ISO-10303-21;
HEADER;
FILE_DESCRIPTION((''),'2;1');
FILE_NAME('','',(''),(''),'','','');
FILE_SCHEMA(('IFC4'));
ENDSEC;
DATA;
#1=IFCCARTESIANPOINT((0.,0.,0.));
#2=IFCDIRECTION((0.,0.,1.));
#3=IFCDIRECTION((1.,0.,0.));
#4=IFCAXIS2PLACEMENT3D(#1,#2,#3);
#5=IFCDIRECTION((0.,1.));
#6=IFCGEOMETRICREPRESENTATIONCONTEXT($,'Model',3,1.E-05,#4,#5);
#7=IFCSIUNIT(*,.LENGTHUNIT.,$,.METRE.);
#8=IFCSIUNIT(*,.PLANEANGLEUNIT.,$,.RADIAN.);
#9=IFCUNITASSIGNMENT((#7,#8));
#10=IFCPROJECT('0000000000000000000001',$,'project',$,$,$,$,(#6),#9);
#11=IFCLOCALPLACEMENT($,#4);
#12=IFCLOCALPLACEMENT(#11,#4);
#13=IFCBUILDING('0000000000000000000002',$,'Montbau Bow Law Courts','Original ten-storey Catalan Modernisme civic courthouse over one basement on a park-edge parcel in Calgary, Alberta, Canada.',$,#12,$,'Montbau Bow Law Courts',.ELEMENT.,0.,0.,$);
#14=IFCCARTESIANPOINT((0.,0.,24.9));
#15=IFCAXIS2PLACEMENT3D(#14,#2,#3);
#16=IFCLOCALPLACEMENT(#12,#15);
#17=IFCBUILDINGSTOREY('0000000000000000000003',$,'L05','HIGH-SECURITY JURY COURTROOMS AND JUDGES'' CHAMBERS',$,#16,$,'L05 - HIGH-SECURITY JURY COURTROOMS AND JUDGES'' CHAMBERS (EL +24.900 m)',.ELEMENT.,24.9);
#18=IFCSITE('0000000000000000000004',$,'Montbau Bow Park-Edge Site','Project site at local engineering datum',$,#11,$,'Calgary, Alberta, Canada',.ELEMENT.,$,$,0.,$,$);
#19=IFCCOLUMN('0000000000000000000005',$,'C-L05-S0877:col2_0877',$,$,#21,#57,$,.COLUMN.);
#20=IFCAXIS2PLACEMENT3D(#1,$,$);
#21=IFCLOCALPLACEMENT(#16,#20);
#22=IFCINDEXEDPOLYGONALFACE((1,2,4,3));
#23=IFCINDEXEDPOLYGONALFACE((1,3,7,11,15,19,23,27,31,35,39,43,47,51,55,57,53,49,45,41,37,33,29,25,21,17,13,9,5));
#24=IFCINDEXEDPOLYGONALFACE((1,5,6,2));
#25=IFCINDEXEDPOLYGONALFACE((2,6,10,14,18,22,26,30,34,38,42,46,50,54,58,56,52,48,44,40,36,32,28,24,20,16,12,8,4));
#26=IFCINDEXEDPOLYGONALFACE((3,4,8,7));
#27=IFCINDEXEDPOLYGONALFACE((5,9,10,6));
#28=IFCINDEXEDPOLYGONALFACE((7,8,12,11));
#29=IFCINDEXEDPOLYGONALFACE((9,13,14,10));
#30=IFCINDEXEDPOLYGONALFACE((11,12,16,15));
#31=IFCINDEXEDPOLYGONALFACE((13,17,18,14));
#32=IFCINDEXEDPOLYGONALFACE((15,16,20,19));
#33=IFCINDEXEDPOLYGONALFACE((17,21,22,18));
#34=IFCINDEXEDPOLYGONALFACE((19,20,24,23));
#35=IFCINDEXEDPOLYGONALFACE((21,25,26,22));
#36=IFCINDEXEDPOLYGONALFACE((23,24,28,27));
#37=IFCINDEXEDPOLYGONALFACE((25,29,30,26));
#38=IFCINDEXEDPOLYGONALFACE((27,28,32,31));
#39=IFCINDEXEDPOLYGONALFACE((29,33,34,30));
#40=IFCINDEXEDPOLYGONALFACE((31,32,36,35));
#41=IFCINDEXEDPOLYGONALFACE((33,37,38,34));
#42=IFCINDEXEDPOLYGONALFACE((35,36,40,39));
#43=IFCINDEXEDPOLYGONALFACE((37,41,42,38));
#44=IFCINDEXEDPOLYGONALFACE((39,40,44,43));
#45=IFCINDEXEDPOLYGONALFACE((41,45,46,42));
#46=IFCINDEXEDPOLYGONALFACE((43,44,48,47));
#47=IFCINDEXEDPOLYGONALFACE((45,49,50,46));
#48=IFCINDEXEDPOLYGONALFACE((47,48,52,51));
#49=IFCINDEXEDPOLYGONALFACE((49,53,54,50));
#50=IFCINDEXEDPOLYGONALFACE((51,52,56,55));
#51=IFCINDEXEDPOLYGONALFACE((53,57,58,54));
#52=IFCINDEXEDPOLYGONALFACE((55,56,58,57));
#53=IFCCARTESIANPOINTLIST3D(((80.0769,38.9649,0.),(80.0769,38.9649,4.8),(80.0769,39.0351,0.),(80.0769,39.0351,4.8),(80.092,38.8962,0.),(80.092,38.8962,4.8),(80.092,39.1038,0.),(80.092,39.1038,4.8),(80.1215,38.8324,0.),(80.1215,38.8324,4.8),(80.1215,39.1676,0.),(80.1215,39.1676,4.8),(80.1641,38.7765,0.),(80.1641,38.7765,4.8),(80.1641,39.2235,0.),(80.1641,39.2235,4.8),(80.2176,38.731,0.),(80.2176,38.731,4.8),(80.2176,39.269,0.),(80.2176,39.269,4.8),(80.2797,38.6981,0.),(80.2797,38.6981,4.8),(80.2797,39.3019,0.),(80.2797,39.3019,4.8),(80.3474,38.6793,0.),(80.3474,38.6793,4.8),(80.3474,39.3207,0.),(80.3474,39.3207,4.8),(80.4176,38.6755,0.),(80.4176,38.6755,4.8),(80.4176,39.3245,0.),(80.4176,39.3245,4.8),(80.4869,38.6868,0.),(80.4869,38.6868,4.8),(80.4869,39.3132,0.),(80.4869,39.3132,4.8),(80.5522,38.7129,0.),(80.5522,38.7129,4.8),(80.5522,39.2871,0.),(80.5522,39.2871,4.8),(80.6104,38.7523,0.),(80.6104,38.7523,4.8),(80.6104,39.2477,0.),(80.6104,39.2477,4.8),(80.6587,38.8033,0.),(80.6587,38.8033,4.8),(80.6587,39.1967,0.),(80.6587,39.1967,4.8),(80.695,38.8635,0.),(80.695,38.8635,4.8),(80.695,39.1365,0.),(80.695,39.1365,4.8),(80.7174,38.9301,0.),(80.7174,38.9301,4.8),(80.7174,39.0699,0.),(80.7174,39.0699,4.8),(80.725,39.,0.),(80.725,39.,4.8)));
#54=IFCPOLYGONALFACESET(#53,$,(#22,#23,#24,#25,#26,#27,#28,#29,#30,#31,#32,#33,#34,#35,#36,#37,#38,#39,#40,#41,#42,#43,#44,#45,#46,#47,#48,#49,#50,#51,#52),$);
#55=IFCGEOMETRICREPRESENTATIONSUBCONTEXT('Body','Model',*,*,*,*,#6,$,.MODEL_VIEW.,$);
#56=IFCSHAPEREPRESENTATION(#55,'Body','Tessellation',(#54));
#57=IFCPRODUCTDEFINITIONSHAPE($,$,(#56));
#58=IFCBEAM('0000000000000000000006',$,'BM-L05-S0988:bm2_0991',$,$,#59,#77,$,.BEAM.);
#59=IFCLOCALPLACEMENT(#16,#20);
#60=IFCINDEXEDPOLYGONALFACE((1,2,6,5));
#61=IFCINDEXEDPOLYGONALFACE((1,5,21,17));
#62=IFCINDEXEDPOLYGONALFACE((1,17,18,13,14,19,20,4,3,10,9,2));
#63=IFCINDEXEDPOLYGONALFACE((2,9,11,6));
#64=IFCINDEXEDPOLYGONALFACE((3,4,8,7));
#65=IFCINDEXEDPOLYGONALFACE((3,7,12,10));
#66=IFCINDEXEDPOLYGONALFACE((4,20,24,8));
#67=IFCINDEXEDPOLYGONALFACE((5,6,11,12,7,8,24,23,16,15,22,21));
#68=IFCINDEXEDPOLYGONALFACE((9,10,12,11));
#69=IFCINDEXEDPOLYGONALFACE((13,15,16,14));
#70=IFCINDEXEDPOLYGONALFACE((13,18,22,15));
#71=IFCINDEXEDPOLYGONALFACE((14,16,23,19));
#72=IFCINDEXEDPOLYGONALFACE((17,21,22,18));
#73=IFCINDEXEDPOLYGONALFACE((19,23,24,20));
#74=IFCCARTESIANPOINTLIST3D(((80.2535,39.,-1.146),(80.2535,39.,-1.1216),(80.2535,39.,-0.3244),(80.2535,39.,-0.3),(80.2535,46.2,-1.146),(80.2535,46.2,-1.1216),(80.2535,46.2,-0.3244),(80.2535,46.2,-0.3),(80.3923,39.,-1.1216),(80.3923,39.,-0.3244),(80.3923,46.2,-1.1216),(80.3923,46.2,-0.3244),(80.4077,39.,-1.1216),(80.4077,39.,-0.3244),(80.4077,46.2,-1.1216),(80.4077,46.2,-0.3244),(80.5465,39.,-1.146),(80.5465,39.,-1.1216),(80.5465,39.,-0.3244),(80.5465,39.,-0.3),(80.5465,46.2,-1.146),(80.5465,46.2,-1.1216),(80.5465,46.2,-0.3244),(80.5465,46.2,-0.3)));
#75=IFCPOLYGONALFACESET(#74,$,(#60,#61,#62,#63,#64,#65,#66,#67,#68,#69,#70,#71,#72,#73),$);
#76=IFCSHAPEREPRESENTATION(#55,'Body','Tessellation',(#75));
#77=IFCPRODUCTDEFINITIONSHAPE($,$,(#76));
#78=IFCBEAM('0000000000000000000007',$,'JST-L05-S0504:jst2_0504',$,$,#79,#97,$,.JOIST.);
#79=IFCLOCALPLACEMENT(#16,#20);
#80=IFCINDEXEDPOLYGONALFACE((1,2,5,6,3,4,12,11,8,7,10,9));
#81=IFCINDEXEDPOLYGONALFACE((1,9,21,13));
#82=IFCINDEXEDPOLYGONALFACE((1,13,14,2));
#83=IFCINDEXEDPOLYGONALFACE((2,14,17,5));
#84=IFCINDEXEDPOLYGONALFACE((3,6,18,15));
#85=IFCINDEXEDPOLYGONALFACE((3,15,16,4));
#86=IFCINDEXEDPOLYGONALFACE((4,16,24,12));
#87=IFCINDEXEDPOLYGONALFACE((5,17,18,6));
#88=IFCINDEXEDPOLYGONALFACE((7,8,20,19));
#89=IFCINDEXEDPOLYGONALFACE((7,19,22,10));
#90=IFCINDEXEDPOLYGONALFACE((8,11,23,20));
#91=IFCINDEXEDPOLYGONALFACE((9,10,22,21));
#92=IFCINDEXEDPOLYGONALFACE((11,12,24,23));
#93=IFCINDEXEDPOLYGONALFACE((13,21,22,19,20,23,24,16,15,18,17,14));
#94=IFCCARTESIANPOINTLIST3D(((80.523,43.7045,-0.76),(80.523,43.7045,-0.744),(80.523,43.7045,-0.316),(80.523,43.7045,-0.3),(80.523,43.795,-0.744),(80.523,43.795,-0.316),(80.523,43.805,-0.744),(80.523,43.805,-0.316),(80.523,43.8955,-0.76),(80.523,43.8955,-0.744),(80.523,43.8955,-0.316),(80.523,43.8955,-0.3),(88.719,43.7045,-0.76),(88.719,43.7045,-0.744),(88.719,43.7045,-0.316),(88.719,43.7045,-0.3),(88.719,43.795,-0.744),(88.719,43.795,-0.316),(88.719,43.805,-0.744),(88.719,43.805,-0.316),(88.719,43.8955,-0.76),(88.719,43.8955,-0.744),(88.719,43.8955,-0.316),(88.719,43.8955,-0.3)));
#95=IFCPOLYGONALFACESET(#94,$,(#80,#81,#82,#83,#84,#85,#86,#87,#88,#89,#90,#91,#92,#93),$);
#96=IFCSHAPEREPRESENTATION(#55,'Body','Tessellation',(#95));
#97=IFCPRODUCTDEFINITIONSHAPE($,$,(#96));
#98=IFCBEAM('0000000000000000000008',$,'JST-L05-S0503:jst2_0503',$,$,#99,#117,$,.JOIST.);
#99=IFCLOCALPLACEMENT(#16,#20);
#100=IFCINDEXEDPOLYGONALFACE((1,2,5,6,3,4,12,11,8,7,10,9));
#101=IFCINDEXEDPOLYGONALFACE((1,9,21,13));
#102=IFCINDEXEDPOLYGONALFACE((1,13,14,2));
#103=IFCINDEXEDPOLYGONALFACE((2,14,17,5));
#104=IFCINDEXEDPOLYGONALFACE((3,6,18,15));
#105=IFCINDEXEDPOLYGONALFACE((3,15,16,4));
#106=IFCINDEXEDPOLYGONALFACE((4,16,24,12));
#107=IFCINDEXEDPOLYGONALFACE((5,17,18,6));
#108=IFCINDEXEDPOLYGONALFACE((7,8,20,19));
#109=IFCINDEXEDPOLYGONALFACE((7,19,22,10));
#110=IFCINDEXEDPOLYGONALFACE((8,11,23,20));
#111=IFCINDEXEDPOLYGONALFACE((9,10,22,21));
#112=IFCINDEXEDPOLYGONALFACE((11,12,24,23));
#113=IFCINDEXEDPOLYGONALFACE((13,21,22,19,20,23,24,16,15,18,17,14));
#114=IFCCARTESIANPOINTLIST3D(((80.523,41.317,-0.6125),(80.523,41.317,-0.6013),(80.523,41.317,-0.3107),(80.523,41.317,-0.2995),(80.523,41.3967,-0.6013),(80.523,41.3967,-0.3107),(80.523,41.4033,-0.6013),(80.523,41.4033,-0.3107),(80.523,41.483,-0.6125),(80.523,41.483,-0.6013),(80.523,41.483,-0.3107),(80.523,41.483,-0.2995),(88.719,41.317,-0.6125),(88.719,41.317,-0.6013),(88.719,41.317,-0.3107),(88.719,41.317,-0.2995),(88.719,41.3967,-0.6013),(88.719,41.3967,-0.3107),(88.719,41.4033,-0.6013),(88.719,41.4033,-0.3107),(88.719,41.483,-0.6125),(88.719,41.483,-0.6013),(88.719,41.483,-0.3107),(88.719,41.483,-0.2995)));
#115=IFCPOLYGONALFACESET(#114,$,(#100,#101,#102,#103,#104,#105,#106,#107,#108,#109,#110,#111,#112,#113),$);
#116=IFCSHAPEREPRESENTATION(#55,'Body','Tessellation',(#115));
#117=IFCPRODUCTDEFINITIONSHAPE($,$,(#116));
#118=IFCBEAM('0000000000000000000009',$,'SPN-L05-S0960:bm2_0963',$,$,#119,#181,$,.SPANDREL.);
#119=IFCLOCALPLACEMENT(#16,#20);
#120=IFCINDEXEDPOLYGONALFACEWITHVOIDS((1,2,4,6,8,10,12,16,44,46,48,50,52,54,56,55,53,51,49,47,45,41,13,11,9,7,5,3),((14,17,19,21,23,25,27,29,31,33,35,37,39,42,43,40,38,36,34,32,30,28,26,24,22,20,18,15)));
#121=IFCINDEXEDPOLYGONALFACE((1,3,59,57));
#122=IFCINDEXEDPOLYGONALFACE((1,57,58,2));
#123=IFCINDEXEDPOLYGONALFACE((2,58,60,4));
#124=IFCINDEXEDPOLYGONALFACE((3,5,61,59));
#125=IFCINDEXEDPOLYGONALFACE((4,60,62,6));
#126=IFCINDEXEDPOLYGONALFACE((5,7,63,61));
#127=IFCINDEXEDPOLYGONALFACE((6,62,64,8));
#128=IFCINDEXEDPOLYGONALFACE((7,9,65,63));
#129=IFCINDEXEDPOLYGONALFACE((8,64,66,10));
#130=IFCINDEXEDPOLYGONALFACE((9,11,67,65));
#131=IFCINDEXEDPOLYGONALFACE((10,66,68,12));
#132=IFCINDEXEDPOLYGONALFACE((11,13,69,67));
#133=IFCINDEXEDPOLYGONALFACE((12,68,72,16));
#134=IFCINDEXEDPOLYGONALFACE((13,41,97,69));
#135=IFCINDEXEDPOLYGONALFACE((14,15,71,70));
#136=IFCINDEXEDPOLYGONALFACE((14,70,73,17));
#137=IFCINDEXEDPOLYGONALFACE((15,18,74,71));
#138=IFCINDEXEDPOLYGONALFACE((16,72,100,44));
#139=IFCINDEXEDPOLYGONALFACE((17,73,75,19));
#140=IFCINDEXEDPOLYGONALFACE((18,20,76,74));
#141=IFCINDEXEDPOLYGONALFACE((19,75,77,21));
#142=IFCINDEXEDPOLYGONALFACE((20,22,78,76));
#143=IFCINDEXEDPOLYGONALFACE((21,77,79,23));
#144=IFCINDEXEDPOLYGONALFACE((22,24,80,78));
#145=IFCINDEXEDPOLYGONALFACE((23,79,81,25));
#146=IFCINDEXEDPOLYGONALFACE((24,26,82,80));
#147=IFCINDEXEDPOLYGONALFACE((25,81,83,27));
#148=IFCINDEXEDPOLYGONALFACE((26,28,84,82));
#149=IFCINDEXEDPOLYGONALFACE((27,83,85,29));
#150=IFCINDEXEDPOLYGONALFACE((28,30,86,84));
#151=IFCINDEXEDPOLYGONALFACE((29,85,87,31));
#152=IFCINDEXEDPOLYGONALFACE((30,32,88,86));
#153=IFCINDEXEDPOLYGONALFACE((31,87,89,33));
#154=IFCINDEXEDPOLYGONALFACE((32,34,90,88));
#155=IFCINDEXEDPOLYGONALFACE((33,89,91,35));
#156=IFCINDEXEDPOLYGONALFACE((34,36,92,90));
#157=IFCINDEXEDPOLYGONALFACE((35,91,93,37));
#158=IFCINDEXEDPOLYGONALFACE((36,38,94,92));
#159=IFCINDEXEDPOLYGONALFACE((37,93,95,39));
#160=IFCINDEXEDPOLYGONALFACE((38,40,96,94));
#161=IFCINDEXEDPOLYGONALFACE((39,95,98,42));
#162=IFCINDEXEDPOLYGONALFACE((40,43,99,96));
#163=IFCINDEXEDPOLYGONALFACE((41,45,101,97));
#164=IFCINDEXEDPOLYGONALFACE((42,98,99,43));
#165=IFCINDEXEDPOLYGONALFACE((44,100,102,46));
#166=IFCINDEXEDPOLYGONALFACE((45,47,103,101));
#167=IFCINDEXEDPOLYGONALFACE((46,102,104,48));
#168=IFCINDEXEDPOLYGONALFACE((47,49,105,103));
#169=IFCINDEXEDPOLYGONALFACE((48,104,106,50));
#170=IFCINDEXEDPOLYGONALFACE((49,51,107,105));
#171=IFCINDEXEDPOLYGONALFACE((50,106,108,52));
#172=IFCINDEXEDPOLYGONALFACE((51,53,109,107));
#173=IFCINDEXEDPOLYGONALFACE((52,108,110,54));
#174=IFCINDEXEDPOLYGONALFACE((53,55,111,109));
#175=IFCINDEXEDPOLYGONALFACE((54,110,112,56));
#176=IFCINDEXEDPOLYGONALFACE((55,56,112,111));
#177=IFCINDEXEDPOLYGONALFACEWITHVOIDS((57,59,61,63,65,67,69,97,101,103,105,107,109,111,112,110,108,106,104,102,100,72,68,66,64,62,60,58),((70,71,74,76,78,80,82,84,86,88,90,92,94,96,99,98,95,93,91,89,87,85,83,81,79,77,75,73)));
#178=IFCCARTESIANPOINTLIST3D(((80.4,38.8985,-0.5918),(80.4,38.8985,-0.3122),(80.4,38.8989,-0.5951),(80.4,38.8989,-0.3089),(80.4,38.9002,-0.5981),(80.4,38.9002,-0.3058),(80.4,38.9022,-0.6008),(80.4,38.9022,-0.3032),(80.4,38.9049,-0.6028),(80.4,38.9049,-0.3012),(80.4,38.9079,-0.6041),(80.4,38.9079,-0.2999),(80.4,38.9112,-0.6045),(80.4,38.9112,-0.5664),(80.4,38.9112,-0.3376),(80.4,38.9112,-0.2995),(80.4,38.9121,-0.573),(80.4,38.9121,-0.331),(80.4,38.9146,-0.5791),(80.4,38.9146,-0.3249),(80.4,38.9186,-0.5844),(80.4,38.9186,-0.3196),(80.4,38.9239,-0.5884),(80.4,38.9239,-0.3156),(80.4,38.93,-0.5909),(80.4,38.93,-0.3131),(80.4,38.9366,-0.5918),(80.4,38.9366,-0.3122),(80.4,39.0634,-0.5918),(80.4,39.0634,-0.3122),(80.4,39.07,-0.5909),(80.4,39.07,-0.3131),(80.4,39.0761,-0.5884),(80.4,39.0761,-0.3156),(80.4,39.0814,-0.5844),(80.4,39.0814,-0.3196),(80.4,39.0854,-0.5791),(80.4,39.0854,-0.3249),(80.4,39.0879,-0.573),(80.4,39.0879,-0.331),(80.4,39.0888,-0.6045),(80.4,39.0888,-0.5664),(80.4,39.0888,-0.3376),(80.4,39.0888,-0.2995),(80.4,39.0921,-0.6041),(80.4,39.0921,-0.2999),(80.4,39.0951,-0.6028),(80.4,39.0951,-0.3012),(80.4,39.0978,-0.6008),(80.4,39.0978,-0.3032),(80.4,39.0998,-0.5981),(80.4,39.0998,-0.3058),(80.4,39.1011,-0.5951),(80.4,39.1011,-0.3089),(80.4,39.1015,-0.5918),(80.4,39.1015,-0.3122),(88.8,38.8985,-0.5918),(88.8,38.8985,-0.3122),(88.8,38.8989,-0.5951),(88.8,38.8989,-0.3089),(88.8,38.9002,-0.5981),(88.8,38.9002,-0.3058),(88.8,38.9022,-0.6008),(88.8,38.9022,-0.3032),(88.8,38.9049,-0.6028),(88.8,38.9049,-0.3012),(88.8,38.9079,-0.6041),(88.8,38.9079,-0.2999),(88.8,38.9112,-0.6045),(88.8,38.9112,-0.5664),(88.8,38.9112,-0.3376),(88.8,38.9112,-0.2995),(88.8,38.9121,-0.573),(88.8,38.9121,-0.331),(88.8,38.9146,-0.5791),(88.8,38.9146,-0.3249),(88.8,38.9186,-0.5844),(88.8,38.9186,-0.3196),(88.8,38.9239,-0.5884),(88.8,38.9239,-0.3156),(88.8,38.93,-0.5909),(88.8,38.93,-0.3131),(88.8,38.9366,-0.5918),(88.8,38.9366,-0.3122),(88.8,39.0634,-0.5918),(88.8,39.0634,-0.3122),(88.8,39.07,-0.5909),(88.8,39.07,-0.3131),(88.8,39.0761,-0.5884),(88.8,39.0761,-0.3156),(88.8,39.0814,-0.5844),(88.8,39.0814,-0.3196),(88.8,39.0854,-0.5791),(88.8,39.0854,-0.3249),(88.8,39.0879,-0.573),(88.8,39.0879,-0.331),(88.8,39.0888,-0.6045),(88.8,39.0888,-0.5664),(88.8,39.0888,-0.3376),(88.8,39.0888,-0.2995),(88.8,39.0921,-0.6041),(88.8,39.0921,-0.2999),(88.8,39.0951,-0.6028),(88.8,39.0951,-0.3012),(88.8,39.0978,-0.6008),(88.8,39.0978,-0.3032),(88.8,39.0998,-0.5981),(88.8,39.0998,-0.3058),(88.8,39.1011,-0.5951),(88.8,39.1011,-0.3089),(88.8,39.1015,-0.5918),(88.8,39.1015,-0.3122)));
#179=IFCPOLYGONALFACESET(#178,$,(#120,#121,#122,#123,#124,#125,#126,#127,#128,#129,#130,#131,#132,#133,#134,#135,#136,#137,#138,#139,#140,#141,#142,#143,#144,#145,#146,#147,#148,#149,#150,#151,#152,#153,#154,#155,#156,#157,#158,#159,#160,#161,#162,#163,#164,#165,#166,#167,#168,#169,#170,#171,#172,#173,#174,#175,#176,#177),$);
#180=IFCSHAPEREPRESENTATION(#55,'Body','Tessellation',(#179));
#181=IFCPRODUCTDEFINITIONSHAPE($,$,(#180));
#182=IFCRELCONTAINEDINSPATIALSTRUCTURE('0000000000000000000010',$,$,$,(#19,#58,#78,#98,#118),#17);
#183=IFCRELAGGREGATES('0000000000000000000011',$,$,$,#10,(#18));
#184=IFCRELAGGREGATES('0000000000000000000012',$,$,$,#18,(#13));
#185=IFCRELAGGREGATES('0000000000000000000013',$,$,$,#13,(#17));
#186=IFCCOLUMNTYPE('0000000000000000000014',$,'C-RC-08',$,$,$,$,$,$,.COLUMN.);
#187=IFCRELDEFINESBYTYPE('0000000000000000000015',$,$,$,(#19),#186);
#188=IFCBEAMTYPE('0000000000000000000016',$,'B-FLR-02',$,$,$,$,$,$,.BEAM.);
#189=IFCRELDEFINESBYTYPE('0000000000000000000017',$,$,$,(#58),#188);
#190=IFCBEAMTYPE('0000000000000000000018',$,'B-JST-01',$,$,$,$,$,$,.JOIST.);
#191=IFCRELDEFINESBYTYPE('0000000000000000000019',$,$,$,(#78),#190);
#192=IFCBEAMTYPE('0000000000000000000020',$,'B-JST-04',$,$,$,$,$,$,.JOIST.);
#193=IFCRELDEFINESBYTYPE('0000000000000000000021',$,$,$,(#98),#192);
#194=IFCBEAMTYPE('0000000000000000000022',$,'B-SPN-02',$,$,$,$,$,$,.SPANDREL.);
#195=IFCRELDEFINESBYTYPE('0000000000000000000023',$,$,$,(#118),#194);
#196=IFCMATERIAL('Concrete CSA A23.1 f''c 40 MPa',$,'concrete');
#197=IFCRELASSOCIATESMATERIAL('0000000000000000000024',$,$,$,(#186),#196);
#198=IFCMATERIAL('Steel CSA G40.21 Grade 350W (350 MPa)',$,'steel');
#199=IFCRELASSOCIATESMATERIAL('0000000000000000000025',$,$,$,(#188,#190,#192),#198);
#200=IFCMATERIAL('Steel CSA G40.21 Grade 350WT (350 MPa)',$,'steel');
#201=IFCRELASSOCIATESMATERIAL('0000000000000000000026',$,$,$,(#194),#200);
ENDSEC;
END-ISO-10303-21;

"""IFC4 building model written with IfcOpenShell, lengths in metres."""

from ifc_helpers import new_model, si_unit, direction, frame, origin_with_axes, origin_2d_with_axis, place, context, subcontext, project, spatial, hollow_rectangle, circle, i_section, extrude, material, material_profile, profile_set, type_object, element, save


model = new_model("IFC4")

# Units and contexts
model_context = context("Model", 3, precision=1e-05, world=origin_with_axes(), true_north=direction((0.0, 1.0)))
body_context = subcontext(model_context, "Body", "Model", "MODEL_VIEW")
ifc_project = project(units=[si_unit("LENGTHUNIT", "METRE"), si_unit("PLANEANGLEUNIT", "RADIAN")], contexts=[model_context])

# Site, building, storey
site_placement = place(None, origin_with_axes())
site = spatial("IfcSite", under=ifc_project, at=site_placement, Name="Montbau Bow Park-Edge Site", Description="Project site at local engineering datum", LongName="Calgary, Alberta, Canada", CompositionType="ELEMENT", RefElevation=0.0)
building_placement = place(site_placement, origin_with_axes())
building = spatial("IfcBuilding", under=site, at=building_placement, Name="Montbau Bow Law Courts", Description="Original ten-storey Catalan Modernisme civic courthouse over one basement on a park-edge parcel in Calgary, Alberta, Canada.", LongName="Montbau Bow Law Courts", CompositionType="ELEMENT", ElevationOfRefHeight=0.0, ElevationOfTerrain=0.0)
storey_placement = place(building_placement, frame((0.0, 0.0, 24.9), z_axis=(0.0, 0.0, 1.0), x_axis=(1.0, 0.0, 0.0)))
storey = spatial("IfcBuildingStorey", under=building, at=storey_placement, Name="L05", Description="HIGH-SECURITY JURY COURTROOMS AND JUDGES' CHAMBERS", LongName="L05 - HIGH-SECURITY JURY COURTROOMS AND JUDGES' CHAMBERS (EL +24.900 m)", CompositionType="ELEMENT", Elevation=24.9)

# Column
ifc_material_1 = material(Name="Concrete CSA A23.1 f'c 40 MPa", Category="concrete")
ifc_material_profile_1 = material_profile(ifc_material_1, circle(Radius=0.325, at=origin_2d_with_axis()), Name="RC650D", Category="Main", Priority=0)
ifc_profile_set_1 = profile_set([ifc_material_profile_1], Name="Concrete CSA A23.1 f'c 40 MPa")
column_type = type_object("IfcColumnType", Name="C-RC-08", PredefinedType="COLUMN", material=ifc_profile_set_1)
column_placement = place(None, frame((80.4, 39.0, 24.9), z_axis=(0.0, 0.0, 1.0), x_axis=(1.0, 0.0, 0.0)))
element("IfcColumn", 1, at=column_placement, inside=storey, type_object=column_type, Name="C-L05-S0877:col2_0877", PredefinedType="COLUMN", context=body_context, shape_type="SweptSolid", body=[
    extrude(circle(Radius=0.325, at=origin_2d_with_axis()), origin_with_axes(), (0.0, 0.0, 1.0), 4.8),
])

# Beams
ifc_material_2 = material(Name="Steel CSA G40.21 Grade 350W (350 MPa)", Category="steel")
ifc_material_profile_2 = material_profile(ifc_material_2, i_section(OverallWidth=0.293, OverallDepth=0.846, WebThickness=0.0154, FlangeThickness=0.0244, at=origin_2d_with_axis()), Name="W840X210", Category="Main", Priority=0)
ifc_profile_set_2 = profile_set([ifc_material_profile_2], Name="Steel CSA G40.21 Grade 350W (350 MPa)")
beam_type_1 = type_object("IfcBeamType", Name="B-FLR-02", PredefinedType="BEAM", material=ifc_profile_set_2)
beam_1_placement = place(None, frame((80.4, 39.0, 24.177), z_axis=(0.0, 1.0, 0.0), x_axis=(-1.0, 0.0, 0.0)))
element("IfcBeam", 2, at=beam_1_placement, inside=storey, type_object=beam_type_1, Name="BM-L05-S0988:bm2_0991", PredefinedType="BEAM", context=body_context, shape_type="SweptSolid", body=[
    extrude(i_section(OverallWidth=0.293, OverallDepth=0.846, WebThickness=0.0154, FlangeThickness=0.0244, at=origin_2d_with_axis()), origin_with_axes(), (0.0, 0.0, 1.0), 7.2),
])
ifc_material_profile_3 = material_profile(ifc_material_2, i_section(OverallWidth=0.191, OverallDepth=0.46, WebThickness=0.0099, FlangeThickness=0.016, at=origin_2d_with_axis()), Name="W460X82", Category="Main", Priority=0)
ifc_profile_set_3 = profile_set([ifc_material_profile_3], Name="Steel CSA G40.21 Grade 350W (350 MPa)")
beam_type_2 = type_object("IfcBeamType", Name="B-JST-01", PredefinedType="JOIST", material=ifc_profile_set_3)
beam_2_placement = place(None, frame((80.523, 43.8, 24.37), z_axis=(1.0, 0.0, 0.0), x_axis=(0.0, 1.0, 0.0)))
element("IfcBeam", 3, at=beam_2_placement, inside=storey, type_object=beam_type_2, Name="JST-L05-S0504:jst2_0504", PredefinedType="JOIST", context=body_context, shape_type="SweptSolid", body=[
    extrude(i_section(OverallWidth=0.191, OverallDepth=0.46, WebThickness=0.0099, FlangeThickness=0.016, at=origin_2d_with_axis()), origin_with_axes(), (0.0, 0.0, 1.0), 8.196),
])
ifc_material_profile_4 = material_profile(ifc_material_2, i_section(OverallWidth=0.166, OverallDepth=0.313, WebThickness=0.0066, FlangeThickness=0.0112, at=origin_2d_with_axis()), Name="W310X45", Category="Main", Priority=0)
ifc_profile_set_4 = profile_set([ifc_material_profile_4], Name="Steel CSA G40.21 Grade 350W (350 MPa)")
beam_type_3 = type_object("IfcBeamType", Name="B-JST-04", PredefinedType="JOIST", material=ifc_profile_set_4)
beam_3_placement = place(None, frame((80.523, 41.4, 24.444), z_axis=(1.0, 0.0, 0.0), x_axis=(0.0, 1.0, 0.0)))
element("IfcBeam", 4, at=beam_3_placement, inside=storey, type_object=beam_type_3, Name="JST-L05-S0503:jst2_0503", PredefinedType="JOIST", context=body_context, shape_type="SweptSolid", body=[
    extrude(i_section(OverallWidth=0.166, OverallDepth=0.313, WebThickness=0.0066, FlangeThickness=0.0112, at=origin_2d_with_axis()), origin_with_axes(), (0.0, 0.0, 1.0), 8.196),
])
ifc_material_3 = material(Name="Steel CSA G40.21 Grade 350WT (350 MPa)", Category="steel")
ifc_material_profile_5 = material_profile(ifc_material_3, hollow_rectangle(XDim=0.203, YDim=0.305, WallThickness=0.0127, InnerFilletRadius=0.0254, OuterFilletRadius=0.0127, at=origin_2d_with_axis()), Name="HSS305X203X13", Category="Main", Priority=0)
ifc_profile_set_5 = profile_set([ifc_material_profile_5], Name="Steel CSA G40.21 Grade 350WT (350 MPa)")
beam_type_4 = type_object("IfcBeamType", Name="B-SPN-02", PredefinedType="SPANDREL", material=ifc_profile_set_5)
beam_4_placement = place(None, frame((80.4, 39.0, 24.448), z_axis=(1.0, 0.0, 0.0), x_axis=(0.0, 1.0, 0.0)))
element("IfcBeam", 5, at=beam_4_placement, inside=storey, type_object=beam_type_4, Name="SPN-L05-S0960:bm2_0963", PredefinedType="SPANDREL", context=body_context, shape_type="SweptSolid", body=[
    extrude(hollow_rectangle(XDim=0.203, YDim=0.305, WallThickness=0.0127, InnerFilletRadius=0.0254, OuterFilletRadius=0.0127, at=origin_2d_with_axis()), origin_with_axes(), (0.0, 0.0, 1.0), 8.4),
])

save(model, "model.ifc")
